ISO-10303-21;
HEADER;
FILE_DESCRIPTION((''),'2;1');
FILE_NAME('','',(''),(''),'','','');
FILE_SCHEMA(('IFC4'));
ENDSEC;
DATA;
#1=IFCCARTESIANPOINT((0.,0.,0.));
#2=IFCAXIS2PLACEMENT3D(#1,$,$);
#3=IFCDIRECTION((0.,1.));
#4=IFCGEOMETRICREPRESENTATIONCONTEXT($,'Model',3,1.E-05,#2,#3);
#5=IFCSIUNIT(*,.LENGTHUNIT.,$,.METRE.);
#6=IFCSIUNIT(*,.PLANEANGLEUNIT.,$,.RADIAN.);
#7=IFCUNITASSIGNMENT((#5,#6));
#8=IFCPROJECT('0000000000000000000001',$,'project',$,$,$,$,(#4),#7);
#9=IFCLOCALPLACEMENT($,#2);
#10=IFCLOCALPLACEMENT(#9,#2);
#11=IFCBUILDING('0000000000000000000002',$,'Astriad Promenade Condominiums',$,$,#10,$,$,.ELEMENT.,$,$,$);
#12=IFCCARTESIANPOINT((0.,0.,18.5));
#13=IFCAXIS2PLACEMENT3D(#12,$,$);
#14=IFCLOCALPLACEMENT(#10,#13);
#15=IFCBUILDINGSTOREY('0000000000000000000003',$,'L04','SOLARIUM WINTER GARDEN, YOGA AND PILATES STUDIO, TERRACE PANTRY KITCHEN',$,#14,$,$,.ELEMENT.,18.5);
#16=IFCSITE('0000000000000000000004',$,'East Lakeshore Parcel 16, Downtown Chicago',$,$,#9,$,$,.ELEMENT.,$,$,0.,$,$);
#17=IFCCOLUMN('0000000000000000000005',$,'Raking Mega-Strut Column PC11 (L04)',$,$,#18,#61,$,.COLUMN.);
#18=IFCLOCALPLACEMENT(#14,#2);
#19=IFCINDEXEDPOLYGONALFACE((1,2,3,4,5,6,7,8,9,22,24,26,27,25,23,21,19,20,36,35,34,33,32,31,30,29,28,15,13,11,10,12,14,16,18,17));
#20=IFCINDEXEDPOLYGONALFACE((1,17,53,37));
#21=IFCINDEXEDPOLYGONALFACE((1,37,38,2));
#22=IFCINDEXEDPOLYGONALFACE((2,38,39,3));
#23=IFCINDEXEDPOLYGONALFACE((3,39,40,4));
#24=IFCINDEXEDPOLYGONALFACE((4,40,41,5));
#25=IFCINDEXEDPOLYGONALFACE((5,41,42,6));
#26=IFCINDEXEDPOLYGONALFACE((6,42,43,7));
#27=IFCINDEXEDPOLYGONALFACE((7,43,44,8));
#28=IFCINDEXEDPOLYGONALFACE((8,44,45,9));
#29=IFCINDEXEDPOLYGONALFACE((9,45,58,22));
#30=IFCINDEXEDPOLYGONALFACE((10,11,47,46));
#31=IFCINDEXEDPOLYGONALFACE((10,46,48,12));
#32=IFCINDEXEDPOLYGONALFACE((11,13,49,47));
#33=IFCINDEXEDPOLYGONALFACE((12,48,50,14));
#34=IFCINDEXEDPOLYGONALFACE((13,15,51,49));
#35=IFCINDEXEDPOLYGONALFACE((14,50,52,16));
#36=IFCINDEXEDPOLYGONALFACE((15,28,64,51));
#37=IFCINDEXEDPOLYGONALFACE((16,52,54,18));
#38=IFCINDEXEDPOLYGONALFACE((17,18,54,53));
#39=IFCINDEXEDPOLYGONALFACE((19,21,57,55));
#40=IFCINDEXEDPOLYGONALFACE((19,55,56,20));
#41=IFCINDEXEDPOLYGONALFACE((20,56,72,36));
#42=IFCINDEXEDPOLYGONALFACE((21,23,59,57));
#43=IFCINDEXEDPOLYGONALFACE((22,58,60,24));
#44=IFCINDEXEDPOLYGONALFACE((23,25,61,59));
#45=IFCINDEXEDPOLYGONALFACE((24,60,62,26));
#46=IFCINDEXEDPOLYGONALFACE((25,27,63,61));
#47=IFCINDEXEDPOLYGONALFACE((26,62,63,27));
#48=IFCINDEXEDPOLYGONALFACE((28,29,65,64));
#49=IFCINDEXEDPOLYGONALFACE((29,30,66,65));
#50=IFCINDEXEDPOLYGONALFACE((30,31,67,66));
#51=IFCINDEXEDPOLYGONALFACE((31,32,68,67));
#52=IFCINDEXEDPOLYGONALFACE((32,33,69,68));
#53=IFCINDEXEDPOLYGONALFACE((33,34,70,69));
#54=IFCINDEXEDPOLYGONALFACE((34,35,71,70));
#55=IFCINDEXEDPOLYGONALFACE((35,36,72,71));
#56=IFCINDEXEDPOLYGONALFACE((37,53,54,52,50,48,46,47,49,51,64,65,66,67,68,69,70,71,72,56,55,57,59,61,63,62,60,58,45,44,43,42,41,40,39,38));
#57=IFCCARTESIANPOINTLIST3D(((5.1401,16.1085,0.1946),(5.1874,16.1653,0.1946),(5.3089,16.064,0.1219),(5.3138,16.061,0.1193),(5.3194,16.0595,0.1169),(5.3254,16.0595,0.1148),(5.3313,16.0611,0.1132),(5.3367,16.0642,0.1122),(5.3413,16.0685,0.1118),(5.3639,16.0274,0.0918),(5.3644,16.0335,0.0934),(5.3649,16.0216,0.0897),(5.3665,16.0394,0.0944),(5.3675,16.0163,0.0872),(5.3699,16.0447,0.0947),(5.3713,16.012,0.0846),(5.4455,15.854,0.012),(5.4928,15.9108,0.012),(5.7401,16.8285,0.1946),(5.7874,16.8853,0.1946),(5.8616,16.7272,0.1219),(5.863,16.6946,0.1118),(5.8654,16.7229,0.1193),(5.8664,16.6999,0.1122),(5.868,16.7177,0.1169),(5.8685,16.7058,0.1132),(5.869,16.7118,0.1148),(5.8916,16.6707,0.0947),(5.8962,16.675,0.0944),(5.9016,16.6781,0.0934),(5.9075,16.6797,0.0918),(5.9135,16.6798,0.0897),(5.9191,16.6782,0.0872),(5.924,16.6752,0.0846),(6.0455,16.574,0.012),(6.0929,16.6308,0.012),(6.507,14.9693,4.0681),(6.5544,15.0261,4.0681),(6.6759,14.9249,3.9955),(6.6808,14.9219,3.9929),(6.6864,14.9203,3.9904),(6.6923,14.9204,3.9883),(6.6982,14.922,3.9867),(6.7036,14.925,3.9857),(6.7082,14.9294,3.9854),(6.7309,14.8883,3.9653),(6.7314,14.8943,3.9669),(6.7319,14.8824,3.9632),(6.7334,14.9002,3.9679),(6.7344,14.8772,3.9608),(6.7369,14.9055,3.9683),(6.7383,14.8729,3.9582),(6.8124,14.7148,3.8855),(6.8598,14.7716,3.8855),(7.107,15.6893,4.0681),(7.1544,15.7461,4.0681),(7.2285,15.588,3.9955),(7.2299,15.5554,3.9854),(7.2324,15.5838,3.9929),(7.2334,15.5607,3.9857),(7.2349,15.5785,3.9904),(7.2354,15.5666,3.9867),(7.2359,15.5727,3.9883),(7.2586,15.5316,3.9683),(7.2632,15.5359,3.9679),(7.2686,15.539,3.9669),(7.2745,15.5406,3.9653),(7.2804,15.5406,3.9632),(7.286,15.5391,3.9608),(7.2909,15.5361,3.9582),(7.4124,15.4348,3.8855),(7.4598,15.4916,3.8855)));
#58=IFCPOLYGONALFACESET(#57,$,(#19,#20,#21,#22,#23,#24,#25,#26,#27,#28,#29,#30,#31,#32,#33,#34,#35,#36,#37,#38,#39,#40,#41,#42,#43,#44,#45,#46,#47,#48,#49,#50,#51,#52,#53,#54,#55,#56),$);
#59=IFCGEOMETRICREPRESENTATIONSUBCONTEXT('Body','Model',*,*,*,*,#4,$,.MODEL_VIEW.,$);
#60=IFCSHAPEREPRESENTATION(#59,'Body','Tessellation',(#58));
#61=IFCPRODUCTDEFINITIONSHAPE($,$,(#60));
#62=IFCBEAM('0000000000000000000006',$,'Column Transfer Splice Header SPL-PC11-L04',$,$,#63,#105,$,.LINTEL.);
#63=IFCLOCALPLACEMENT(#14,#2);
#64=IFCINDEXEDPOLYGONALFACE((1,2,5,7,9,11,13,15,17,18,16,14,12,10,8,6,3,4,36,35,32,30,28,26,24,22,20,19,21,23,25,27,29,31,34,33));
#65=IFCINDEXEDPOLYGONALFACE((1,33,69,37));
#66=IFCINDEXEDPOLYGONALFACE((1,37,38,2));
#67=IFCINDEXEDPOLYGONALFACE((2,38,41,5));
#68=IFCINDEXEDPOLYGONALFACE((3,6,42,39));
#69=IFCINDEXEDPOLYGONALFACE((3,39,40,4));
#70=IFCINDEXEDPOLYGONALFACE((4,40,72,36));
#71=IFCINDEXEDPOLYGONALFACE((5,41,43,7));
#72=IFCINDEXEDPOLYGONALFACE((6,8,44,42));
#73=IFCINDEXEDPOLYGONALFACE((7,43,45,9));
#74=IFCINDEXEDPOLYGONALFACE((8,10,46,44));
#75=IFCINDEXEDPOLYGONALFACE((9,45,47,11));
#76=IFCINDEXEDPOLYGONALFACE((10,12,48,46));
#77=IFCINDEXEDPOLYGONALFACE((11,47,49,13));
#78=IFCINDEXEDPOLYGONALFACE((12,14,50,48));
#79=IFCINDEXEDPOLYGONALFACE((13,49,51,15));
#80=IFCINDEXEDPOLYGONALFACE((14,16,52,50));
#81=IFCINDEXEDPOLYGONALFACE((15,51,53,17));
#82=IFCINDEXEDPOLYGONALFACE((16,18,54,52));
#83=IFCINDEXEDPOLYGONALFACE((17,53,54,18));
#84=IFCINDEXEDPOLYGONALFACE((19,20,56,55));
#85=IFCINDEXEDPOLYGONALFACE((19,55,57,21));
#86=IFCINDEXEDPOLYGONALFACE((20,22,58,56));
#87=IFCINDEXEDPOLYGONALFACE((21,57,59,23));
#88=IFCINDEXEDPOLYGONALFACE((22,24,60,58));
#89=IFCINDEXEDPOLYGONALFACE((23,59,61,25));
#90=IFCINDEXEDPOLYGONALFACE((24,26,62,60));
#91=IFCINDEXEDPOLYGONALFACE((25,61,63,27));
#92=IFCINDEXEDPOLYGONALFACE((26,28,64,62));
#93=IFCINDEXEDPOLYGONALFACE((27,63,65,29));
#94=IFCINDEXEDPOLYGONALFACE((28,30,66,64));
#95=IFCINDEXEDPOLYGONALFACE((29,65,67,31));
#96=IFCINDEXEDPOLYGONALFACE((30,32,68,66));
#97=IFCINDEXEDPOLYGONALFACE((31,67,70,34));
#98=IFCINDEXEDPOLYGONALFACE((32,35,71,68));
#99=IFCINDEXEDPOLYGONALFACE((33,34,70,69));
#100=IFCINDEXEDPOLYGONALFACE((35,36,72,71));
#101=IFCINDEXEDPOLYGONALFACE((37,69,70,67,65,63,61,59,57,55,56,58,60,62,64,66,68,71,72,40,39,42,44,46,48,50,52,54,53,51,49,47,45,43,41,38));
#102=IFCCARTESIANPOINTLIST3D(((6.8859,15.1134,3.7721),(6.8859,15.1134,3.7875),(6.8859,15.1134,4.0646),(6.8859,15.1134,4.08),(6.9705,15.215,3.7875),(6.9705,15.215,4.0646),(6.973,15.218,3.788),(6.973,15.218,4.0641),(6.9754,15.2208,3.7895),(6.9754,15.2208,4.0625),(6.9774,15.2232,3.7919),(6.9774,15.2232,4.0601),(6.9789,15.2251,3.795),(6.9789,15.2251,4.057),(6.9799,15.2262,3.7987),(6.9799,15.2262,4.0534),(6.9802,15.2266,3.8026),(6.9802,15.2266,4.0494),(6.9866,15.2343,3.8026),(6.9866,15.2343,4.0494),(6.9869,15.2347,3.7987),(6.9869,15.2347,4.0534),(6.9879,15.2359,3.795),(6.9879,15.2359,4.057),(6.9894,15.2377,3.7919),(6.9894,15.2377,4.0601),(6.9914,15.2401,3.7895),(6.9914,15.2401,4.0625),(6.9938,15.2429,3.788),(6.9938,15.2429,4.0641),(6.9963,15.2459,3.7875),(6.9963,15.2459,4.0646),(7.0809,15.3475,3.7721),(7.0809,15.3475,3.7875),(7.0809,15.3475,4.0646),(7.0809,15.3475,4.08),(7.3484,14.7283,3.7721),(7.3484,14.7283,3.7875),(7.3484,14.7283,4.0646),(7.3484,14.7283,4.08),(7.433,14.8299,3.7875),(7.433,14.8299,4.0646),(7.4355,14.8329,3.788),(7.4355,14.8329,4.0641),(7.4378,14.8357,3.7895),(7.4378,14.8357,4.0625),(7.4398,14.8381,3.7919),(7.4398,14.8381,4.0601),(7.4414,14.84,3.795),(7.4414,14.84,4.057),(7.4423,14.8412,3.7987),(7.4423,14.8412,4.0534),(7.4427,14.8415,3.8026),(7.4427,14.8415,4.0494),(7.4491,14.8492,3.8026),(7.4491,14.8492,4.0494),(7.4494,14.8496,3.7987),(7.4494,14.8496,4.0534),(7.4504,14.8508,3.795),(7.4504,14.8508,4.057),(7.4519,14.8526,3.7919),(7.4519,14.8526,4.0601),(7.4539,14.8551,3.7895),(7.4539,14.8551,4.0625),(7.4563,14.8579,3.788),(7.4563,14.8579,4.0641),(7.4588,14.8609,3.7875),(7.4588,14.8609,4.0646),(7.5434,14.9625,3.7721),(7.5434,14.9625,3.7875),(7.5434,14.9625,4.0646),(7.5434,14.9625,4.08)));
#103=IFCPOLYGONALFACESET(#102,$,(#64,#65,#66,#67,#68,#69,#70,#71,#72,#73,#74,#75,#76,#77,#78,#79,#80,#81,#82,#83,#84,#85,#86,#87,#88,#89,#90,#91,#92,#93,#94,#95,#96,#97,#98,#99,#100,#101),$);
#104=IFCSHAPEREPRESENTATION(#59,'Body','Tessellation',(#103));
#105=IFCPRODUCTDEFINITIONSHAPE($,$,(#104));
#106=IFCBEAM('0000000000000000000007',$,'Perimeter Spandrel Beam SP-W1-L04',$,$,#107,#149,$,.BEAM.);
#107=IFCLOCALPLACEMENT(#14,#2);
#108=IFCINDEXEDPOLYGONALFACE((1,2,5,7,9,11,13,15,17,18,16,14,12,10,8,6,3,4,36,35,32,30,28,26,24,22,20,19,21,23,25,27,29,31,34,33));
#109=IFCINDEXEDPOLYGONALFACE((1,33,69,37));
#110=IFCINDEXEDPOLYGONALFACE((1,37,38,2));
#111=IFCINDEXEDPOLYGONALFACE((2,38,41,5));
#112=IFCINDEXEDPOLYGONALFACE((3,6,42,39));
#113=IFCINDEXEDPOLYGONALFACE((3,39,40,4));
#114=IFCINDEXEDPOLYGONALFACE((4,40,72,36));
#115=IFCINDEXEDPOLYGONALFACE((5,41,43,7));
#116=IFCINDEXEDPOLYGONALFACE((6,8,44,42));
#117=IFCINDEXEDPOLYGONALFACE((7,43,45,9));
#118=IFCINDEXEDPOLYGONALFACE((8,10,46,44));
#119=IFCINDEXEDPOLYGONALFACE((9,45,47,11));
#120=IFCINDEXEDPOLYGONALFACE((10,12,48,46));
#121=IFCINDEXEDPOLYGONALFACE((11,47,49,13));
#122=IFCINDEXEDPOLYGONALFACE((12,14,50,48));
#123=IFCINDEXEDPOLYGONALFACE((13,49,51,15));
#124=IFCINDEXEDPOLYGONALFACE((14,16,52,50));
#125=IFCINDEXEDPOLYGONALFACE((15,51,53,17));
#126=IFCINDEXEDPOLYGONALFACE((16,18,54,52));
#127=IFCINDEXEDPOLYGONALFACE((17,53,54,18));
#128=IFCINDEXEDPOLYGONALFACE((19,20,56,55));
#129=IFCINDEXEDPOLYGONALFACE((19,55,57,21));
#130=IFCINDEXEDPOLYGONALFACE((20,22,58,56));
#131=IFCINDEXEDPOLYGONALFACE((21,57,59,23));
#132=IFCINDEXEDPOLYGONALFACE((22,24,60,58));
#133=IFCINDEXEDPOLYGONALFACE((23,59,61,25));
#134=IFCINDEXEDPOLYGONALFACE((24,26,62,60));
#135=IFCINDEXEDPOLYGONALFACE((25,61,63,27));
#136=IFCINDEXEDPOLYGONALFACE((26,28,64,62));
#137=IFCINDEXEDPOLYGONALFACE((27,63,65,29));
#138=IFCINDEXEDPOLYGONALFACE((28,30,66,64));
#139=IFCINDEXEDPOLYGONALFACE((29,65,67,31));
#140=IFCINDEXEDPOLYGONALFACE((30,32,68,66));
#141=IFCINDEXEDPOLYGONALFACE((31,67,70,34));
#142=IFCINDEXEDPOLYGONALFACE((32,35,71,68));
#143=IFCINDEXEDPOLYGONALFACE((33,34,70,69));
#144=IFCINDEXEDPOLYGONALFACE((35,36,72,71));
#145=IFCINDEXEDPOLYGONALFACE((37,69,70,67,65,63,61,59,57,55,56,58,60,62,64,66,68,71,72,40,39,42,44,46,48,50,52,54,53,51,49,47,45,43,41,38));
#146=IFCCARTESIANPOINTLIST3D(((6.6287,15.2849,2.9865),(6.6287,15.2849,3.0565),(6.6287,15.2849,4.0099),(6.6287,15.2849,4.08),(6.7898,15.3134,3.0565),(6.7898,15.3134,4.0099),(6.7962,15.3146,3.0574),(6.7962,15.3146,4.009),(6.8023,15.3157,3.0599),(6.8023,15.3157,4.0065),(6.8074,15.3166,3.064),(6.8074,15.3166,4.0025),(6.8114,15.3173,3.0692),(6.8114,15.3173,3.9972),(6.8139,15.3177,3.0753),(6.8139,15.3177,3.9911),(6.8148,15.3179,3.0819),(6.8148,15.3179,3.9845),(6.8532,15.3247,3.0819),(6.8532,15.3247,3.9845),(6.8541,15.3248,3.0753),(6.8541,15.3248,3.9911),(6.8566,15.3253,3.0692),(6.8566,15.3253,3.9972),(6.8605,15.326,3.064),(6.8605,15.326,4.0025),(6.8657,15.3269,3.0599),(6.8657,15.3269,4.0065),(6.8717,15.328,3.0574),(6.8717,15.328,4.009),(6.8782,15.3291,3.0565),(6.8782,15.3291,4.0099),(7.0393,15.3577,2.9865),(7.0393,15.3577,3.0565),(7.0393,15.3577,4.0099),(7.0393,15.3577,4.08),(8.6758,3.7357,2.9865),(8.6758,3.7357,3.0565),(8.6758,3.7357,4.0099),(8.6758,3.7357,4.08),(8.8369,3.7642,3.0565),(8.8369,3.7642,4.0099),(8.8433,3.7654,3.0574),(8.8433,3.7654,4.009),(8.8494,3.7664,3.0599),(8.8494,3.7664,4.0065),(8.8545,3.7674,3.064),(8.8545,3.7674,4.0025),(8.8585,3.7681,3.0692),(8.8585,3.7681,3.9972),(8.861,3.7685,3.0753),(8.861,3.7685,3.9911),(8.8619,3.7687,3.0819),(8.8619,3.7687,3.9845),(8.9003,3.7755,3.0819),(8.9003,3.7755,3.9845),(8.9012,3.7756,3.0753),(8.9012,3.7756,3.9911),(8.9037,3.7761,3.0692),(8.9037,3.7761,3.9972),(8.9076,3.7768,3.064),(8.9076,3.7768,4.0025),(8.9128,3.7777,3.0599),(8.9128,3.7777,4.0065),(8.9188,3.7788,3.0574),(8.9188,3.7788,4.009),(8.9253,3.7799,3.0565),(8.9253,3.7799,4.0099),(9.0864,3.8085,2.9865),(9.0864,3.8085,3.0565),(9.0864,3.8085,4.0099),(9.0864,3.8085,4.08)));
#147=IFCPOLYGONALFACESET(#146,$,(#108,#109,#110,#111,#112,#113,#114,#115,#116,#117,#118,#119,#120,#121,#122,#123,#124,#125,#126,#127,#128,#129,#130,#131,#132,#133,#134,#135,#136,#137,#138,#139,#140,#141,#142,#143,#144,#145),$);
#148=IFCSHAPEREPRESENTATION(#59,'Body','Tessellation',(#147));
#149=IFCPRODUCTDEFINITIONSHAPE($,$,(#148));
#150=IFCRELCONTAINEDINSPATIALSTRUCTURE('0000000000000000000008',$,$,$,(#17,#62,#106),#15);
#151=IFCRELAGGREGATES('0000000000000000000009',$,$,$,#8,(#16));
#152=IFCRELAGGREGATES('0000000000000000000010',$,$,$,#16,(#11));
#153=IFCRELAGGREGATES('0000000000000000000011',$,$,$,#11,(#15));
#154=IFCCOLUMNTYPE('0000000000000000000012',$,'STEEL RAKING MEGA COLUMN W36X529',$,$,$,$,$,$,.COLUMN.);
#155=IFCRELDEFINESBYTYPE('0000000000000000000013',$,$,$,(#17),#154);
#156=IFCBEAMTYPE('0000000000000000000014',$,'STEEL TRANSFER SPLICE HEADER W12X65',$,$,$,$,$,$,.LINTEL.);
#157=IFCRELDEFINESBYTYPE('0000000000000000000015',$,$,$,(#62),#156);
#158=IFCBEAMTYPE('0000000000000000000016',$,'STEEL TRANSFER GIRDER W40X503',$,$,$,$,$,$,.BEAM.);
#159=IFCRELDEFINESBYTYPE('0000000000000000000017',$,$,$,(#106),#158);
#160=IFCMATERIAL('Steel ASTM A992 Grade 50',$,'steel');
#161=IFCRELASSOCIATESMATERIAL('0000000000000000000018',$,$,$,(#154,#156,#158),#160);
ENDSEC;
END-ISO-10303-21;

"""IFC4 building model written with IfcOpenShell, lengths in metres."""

from ifc_helpers import new_model, si_unit, direction, frame, origin, origin_2d, place, context, subcontext, project, spatial, i_section, extrude, source, transform, mapped, material, material_profile, profile_set, type_object, type_shapes, element, save


model = new_model("IFC4")

# Units and contexts
model_context = context("Model", 3, precision=1e-05, world=origin(), true_north=direction((0.0, 1.0)))
body_context = subcontext(model_context, "Body", "Model", "MODEL_VIEW")
ifc_project = project(units=[si_unit("LENGTHUNIT", "METRE"), si_unit("PLANEANGLEUNIT", "RADIAN")], contexts=[model_context])

# Site, building, storey
site_placement = place(None, origin())
site = spatial("IfcSite", under=ifc_project, at=site_placement, Name="East Lakeshore Parcel 16, Downtown Chicago", CompositionType="ELEMENT", RefElevation=0.0)
building_placement = place(site_placement, origin())
building = spatial("IfcBuilding", under=site, at=building_placement, Name="Astriad Promenade Condominiums", CompositionType="ELEMENT")
storey_placement = place(building_placement, frame((0.0, 0.0, 18.5)))
storey = spatial("IfcBuildingStorey", under=building, at=storey_placement, Name="L04", Description="SOLARIUM WINTER GARDEN, YOGA AND PILATES STUDIO, TERRACE PANTRY KITCHEN", CompositionType="ELEMENT", Elevation=18.5)

# Column
ifc_material_1 = material(Name="Steel ASTM A992 Grade 50", Category="steel")
ifc_material_profile_1 = material_profile(ifc_material_1, i_section(OverallWidth=0.4375, OverallDepth=1.0112, WebThickness=0.041, FlangeThickness=0.074, FilletRadius=0.0242, at=origin_2d()), Name="W36X529")
ifc_profile_set_1 = profile_set([ifc_material_profile_1], Name="Steel ASTM A992 Grade 50")
column_type = type_object("IfcColumnType", Name="STEEL RAKING MEGA COLUMN W36X529", PredefinedType="COLUMN", material=ifc_profile_set_1)
shared_shape_1 = source(origin(), body_context, "Body", "SweptSolid", [
    extrude(i_section(OverallWidth=0.4375, OverallDepth=1.0112, WebThickness=0.041, FlangeThickness=0.074, FilletRadius=0.0242, at=origin_2d()), origin(), (0.0, 0.0, 1.0), 4.2627),
])
type_shapes(column_type, [shared_shape_1])
column_placement = place(storey_placement, frame((5.6165, 16.3696, 0.1033), z_axis=(0.320677, -0.26724, 0.908708), x_axis=(-0.698078, 0.581753, 0.417433)))
element("IfcColumn", 1, at=column_placement, inside=storey, type_object=column_type, Name="Raking Mega-Strut Column PC11 (L04)", PredefinedType="COLUMN", context=body_context, shape_type="MappedRepresentation", body=[
    mapped(shared_shape_1, transform((0.0, 0.0, 0.0), scale=1.0)),
])

# Beams
ifc_material_profile_2 = material_profile(ifc_material_1, i_section(OverallWidth=0.3047, OverallDepth=0.3079, WebThickness=0.01, FlangeThickness=0.0154, FilletRadius=0.0151, at=origin_2d()), Name="W12X65")
ifc_profile_set_2 = profile_set([ifc_material_profile_2], Name="Steel ASTM A992 Grade 50")
beam_type_1 = type_object("IfcBeamType", Name="STEEL TRANSFER SPLICE HEADER W12X65", PredefinedType="LINTEL", material=ifc_profile_set_2)
shared_shape_2 = source(origin(), body_context, "Body", "SweptSolid", [
    extrude(i_section(OverallWidth=0.3047, OverallDepth=0.3079, WebThickness=0.01, FlangeThickness=0.0154, FilletRadius=0.0151, at=origin_2d()), origin(), (0.0, 0.0, 1.0), 0.6018),
])
type_shapes(beam_type_1, [shared_shape_2])
beam_1_placement = place(storey_placement, frame((6.9834, 15.2305, 3.926), z_axis=(0.768487, -0.639865, 0.0), x_axis=(0.639865, 0.768487, 0.0)))
element("IfcBeam", 2, at=beam_1_placement, inside=storey, type_object=beam_type_1, Name="Column Transfer Splice Header SPL-PC11-L04", PredefinedType="LINTEL", context=body_context, shape_type="MappedRepresentation", body=[
    mapped(shared_shape_2, transform((0.0, 0.0, 0.0), scale=1.0)),
])
ifc_material_profile_3 = material_profile(ifc_material_1, i_section(OverallWidth=0.417, OverallDepth=1.0935, WebThickness=0.0391, FlangeThickness=0.0701, FilletRadius=0.0254, at=origin_2d()), Name="W40X503")
ifc_profile_set_3 = profile_set([ifc_material_profile_3], Name="Steel ASTM A992 Grade 50")
beam_type_2 = type_object("IfcBeamType", Name="STEEL TRANSFER GIRDER W40X503", PredefinedType="BEAM", material=ifc_profile_set_3)
shared_shape_3 = source(origin(), body_context, "Body", "SweptSolid", [
    extrude(i_section(OverallWidth=0.417, OverallDepth=1.0935, WebThickness=0.0391, FlangeThickness=0.0701, FilletRadius=0.0254, at=origin_2d()), origin(), (0.0, 0.0, 1.0), 11.7292),
])
type_shapes(beam_type_2, [shared_shape_3])
beam_2_placement = place(storey_placement, frame((6.834, 15.3213, 3.5332), z_axis=(0.17453, -0.984652, 0.0), x_axis=(0.984652, 0.17453, 0.0)))
element("IfcBeam", 3, at=beam_2_placement, inside=storey, type_object=beam_type_2, Name="Perimeter Spandrel Beam SP-W1-L04", PredefinedType="BEAM", context=body_context, shape_type="MappedRepresentation", body=[
    mapped(shared_shape_3, transform((0.0, 0.0, 0.0), scale=1.0)),
])

save(model, "model.ifc")
